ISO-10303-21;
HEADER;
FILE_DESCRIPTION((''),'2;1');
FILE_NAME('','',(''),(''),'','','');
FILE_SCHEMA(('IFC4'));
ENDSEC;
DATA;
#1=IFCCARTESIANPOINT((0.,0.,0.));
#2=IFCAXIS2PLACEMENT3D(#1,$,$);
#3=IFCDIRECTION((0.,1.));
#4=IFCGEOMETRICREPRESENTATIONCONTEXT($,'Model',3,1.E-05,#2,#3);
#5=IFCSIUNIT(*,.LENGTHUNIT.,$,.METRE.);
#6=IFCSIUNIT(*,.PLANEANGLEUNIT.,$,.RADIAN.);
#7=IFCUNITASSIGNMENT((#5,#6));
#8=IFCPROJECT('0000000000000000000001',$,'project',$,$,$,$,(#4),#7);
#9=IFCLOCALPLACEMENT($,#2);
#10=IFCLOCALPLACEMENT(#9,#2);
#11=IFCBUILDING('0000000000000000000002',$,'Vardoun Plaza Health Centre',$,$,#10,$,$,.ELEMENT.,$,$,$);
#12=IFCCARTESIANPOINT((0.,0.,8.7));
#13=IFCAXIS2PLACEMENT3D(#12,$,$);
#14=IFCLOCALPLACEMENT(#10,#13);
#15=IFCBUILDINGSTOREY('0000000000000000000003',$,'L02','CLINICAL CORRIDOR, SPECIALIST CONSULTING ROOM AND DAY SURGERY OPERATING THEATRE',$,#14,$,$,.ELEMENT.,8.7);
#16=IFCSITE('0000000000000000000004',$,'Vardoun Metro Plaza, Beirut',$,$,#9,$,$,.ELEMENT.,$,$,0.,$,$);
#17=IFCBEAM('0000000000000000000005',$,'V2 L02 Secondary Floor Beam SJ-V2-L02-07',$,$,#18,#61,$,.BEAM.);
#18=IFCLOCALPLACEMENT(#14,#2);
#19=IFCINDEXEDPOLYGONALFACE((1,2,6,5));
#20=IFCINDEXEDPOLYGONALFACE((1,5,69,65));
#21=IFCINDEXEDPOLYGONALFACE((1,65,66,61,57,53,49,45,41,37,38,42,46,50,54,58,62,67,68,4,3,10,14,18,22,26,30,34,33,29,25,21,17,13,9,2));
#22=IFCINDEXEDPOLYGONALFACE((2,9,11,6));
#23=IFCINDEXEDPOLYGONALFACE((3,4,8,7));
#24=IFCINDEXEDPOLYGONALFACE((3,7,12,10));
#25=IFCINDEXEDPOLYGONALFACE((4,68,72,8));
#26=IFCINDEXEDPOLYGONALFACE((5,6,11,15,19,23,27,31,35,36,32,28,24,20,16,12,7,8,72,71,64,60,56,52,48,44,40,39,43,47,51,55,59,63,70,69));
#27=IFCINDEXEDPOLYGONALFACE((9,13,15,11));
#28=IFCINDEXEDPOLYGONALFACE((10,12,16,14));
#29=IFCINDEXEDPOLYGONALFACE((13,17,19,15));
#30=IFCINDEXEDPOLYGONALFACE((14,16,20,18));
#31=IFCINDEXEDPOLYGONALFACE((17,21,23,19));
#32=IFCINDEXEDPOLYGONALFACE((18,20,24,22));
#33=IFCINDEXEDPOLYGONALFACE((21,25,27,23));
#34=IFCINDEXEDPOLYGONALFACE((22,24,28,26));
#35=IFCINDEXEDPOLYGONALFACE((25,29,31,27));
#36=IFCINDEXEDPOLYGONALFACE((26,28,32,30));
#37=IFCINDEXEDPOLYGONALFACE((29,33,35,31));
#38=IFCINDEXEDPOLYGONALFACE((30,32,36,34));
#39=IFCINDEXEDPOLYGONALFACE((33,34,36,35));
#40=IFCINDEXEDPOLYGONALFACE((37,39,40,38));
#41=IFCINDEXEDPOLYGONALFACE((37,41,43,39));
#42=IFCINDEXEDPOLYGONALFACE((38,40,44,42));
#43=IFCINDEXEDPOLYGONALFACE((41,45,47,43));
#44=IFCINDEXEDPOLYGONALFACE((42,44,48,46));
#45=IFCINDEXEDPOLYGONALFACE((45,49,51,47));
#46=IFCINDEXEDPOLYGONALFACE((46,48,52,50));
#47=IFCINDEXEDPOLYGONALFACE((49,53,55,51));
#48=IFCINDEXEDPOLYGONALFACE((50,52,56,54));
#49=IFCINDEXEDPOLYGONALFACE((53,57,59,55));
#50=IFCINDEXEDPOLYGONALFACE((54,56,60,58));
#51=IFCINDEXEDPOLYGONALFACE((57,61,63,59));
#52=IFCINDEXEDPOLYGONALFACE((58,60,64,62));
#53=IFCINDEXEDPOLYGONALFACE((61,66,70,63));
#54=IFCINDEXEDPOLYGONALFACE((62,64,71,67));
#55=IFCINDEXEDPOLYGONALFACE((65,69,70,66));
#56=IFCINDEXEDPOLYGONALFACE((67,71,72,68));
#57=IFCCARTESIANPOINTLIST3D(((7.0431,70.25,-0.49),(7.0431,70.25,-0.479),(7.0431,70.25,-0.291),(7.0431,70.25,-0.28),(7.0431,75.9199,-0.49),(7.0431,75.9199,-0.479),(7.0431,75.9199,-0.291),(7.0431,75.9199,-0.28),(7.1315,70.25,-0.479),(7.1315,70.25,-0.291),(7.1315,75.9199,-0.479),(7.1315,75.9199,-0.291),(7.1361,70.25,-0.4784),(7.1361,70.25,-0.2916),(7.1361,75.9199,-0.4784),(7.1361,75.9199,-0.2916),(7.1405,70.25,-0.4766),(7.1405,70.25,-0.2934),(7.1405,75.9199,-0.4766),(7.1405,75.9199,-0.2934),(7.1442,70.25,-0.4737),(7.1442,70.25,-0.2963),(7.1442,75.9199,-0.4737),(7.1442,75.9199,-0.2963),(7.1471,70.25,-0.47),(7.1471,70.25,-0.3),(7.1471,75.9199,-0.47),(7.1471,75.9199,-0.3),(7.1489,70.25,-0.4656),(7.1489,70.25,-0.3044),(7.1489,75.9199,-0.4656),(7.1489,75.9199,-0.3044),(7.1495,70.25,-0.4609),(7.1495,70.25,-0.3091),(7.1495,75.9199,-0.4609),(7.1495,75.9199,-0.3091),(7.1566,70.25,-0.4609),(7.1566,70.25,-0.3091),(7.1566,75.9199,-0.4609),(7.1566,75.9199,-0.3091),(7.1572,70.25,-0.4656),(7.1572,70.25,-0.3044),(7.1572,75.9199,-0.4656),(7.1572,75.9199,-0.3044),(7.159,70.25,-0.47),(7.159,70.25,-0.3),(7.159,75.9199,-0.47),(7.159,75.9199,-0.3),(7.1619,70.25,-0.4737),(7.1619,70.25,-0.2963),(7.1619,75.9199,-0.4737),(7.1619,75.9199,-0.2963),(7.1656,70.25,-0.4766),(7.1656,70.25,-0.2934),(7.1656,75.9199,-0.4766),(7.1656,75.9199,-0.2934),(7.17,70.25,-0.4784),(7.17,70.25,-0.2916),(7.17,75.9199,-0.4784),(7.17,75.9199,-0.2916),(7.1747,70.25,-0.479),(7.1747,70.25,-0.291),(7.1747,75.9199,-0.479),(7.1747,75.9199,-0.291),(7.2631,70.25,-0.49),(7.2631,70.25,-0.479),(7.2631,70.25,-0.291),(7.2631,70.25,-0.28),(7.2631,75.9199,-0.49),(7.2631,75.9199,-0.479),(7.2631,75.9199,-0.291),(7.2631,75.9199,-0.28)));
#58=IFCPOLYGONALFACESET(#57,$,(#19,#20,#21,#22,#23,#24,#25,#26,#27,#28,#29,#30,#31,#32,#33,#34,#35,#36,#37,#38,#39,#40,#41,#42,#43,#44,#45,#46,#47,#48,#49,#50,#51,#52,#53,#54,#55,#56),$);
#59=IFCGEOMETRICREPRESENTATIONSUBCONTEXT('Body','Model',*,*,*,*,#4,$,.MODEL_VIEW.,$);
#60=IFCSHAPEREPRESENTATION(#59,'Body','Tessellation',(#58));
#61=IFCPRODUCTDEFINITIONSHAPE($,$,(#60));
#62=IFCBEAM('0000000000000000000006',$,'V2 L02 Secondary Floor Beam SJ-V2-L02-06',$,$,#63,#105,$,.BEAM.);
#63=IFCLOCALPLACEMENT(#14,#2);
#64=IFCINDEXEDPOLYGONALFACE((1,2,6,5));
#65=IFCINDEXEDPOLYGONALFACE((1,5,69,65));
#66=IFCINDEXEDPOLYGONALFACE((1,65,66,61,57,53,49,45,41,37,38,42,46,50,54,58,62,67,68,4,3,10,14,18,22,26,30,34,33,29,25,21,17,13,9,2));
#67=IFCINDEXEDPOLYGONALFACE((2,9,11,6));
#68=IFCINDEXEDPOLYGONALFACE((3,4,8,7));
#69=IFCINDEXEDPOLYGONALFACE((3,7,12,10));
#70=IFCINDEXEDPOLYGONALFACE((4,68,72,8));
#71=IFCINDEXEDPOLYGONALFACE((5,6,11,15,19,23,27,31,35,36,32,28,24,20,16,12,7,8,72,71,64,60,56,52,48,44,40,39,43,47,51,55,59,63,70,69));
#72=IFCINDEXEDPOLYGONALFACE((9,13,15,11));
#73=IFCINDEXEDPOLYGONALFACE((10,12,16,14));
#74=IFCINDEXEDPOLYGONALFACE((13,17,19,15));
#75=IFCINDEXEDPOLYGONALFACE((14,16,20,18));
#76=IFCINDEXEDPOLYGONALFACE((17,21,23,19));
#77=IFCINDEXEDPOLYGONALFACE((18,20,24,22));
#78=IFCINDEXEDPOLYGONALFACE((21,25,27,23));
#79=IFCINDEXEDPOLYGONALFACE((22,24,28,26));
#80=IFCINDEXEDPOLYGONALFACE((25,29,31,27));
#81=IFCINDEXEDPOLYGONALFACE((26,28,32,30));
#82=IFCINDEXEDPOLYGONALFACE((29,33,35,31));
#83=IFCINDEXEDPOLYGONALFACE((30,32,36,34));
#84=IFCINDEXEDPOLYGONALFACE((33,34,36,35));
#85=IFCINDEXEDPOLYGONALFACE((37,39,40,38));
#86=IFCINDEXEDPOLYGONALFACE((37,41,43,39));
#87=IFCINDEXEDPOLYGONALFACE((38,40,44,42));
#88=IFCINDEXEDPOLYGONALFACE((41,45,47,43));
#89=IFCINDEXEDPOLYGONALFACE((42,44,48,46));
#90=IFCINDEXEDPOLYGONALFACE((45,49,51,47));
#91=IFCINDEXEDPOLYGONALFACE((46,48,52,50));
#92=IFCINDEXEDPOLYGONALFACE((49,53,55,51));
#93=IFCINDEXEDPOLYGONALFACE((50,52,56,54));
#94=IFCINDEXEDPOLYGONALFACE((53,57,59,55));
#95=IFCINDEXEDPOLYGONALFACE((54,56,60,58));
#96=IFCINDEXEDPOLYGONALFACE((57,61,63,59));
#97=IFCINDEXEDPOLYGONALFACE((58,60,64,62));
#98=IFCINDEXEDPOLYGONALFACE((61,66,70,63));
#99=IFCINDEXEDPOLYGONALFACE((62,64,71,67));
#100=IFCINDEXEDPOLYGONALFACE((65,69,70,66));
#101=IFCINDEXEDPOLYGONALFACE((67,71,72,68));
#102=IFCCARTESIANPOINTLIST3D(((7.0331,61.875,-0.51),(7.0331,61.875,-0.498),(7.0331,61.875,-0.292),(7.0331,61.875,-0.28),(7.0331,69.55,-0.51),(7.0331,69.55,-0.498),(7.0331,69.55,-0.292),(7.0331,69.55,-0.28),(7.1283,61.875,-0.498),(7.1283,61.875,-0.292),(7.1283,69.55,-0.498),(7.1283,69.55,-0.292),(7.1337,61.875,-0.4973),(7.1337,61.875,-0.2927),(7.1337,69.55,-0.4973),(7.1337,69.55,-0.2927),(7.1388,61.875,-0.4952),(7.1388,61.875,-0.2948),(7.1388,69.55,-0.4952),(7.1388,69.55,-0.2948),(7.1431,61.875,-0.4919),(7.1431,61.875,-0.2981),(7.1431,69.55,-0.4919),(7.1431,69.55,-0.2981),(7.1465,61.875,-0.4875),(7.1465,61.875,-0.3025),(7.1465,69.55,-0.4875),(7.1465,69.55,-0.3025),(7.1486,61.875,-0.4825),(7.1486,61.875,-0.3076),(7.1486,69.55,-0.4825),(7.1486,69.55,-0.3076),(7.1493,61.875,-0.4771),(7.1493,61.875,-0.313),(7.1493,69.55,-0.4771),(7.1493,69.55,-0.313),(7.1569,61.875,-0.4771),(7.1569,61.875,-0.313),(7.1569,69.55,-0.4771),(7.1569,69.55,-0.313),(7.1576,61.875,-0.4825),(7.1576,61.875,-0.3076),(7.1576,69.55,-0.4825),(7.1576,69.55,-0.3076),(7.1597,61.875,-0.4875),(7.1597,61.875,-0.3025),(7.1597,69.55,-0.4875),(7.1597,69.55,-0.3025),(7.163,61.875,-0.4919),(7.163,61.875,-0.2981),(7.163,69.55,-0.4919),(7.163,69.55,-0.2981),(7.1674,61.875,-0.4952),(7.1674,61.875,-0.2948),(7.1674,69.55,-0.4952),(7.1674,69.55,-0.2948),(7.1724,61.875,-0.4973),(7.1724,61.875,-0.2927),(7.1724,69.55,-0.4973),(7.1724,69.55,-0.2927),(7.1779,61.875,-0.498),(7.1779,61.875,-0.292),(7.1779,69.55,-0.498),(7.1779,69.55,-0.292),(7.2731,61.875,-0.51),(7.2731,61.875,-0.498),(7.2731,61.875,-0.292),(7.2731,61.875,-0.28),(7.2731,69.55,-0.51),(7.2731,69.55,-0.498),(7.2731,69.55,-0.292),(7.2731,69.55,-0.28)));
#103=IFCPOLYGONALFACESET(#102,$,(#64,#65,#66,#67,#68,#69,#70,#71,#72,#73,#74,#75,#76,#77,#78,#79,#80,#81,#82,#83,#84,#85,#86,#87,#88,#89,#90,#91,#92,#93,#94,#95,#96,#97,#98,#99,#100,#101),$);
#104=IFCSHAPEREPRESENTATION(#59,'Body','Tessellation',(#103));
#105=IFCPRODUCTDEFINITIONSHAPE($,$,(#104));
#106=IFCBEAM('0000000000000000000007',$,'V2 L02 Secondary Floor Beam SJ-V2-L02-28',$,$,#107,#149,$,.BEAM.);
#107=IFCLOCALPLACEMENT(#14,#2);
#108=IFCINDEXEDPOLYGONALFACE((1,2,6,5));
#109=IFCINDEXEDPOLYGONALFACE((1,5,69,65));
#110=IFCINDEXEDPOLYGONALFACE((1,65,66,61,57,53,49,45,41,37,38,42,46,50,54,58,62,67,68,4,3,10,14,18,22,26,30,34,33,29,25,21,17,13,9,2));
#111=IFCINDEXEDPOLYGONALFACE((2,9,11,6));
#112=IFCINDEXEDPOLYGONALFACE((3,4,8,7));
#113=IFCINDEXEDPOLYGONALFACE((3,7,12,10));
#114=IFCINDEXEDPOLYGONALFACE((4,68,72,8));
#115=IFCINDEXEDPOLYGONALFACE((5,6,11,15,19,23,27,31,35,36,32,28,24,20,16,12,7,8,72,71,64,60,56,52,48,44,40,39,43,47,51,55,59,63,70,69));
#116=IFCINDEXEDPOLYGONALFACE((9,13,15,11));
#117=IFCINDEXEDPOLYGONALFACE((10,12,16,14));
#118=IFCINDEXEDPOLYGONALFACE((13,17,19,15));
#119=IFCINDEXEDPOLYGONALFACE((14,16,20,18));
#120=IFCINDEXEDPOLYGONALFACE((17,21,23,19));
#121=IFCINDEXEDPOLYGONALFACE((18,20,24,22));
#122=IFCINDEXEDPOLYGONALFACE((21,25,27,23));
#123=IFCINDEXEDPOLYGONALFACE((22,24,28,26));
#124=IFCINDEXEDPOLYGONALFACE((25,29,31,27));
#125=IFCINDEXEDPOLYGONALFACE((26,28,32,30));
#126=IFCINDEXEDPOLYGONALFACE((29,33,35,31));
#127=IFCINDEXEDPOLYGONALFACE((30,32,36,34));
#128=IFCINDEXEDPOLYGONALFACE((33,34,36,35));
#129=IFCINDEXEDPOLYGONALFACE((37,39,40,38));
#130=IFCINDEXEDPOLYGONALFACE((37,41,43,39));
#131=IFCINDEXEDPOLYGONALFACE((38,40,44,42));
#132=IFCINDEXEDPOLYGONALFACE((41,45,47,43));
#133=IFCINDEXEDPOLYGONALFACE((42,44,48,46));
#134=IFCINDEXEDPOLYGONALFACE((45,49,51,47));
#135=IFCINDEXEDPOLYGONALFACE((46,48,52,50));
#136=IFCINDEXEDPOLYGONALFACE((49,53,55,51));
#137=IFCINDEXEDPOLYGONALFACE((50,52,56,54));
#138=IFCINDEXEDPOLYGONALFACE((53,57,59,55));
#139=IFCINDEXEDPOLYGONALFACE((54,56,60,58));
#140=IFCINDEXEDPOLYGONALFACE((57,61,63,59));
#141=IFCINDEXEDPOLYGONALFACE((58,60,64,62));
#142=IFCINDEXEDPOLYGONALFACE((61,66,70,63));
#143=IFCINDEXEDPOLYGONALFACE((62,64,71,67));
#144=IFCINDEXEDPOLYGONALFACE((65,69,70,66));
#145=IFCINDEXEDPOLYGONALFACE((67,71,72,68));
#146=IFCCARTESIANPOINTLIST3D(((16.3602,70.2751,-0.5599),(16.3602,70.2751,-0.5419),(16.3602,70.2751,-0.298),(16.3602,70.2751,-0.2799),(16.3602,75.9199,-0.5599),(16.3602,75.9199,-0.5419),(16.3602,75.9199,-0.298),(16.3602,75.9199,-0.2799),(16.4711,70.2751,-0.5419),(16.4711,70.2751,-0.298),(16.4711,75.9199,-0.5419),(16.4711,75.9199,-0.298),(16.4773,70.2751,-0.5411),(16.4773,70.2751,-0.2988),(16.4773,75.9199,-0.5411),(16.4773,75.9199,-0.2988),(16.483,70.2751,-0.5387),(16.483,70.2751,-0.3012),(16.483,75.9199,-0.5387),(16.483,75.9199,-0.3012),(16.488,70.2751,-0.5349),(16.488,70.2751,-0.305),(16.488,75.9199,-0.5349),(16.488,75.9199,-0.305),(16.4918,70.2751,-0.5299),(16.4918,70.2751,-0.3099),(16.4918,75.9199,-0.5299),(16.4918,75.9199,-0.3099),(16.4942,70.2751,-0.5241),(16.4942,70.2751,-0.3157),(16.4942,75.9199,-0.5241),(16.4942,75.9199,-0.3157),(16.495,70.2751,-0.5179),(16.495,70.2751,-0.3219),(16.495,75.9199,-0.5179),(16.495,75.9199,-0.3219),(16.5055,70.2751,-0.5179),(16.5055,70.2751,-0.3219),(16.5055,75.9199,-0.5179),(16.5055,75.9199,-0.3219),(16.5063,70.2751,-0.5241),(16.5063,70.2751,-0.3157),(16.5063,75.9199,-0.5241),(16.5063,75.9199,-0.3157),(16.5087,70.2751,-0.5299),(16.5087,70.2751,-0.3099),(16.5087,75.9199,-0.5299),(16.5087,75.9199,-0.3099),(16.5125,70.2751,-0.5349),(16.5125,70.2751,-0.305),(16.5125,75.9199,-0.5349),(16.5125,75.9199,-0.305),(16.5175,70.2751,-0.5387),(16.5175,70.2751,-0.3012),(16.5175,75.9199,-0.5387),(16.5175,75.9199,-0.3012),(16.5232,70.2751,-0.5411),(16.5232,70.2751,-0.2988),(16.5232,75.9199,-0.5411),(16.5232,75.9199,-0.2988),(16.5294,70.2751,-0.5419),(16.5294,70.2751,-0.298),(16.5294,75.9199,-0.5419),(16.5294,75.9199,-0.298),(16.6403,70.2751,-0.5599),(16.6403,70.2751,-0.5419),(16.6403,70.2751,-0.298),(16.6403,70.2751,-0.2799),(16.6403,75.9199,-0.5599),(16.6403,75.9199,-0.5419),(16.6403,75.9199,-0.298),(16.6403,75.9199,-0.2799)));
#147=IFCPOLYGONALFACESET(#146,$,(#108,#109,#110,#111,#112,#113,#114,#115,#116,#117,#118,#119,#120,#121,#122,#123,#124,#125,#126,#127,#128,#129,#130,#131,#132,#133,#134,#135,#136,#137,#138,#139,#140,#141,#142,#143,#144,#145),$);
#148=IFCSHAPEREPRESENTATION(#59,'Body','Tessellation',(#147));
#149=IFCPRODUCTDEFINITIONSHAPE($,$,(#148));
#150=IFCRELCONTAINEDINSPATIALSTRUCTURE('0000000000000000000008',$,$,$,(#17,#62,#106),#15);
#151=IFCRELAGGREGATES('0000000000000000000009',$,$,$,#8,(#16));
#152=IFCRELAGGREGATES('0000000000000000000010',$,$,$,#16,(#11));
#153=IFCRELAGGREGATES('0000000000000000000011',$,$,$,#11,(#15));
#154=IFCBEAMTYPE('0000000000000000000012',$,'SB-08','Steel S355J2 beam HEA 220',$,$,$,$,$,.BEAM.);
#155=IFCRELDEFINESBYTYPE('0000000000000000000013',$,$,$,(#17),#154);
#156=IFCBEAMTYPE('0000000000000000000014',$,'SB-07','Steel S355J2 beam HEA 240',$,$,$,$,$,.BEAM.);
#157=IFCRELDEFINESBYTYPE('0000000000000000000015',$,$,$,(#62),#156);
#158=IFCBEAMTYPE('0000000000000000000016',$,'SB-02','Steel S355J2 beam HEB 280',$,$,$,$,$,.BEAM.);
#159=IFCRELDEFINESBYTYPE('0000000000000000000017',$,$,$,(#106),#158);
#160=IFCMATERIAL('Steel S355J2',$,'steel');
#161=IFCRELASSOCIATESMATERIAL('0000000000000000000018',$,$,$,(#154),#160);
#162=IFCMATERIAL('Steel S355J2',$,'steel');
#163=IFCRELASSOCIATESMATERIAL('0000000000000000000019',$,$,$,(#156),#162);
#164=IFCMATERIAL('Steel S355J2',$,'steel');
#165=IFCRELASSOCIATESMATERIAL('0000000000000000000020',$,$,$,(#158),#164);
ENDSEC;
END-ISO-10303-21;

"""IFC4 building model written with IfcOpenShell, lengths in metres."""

from ifc_helpers import new_model, si_unit, direction, frame, origin, origin_2d, place, context, subcontext, project, spatial, i_section, extrude, material, material_profile, profile_set, type_object, element, save


model = new_model("IFC4")

# Units and contexts
model_context = context("Model", 3, precision=1e-05, world=origin(), true_north=direction((0.0, 1.0)))
body_context = subcontext(model_context, "Body", "Model", "MODEL_VIEW")
ifc_project = project(units=[si_unit("LENGTHUNIT", "METRE"), si_unit("PLANEANGLEUNIT", "RADIAN")], contexts=[model_context])

# Site, building, storey
site_placement = place(None, origin())
site = spatial("IfcSite", under=ifc_project, at=site_placement, Name="Vardoun Metro Plaza, Beirut", CompositionType="ELEMENT", RefElevation=0.0)
building_placement = place(site_placement, origin())
building = spatial("IfcBuilding", under=site, at=building_placement, Name="Vardoun Plaza Health Centre", CompositionType="ELEMENT")
storey_placement = place(building_placement, frame((0.0, 0.0, 8.7)))
storey = spatial("IfcBuildingStorey", under=building, at=storey_placement, Name="L02", Description="CLINICAL CORRIDOR, SPECIALIST CONSULTING ROOM AND DAY SURGERY OPERATING THEATRE", CompositionType="ELEMENT", Elevation=8.7)

# Beams
ifc_material_1 = material(Name="Steel S355J2", Category="steel")
ifc_material_profile_1 = material_profile(ifc_material_1, i_section(OverallWidth=0.22, OverallDepth=0.21, WebThickness=0.0071, FlangeThickness=0.011, FilletRadius=0.0181, at=origin_2d()), Name="HEA 220")
ifc_profile_set_1 = profile_set([ifc_material_profile_1], Name="Steel S355J2")
beam_type_1 = type_object("IfcBeamType", Name="SB-08", Description="Steel S355J2 beam HEA 220", PredefinedType="BEAM", material=ifc_profile_set_1)
beam_1_placement = place(storey_placement, frame((7.1531, 70.25, -0.385), z_axis=(0.0, 1.0, 0.0), x_axis=(-1.0, 0.0, 0.0)))
element("IfcBeam", 1, at=beam_1_placement, inside=storey, type_object=beam_type_1, Name="V2 L02 Secondary Floor Beam SJ-V2-L02-07", PredefinedType="BEAM", context=body_context, shape_type="SweptSolid", body=[
    extrude(i_section(OverallWidth=0.22, OverallDepth=0.21, WebThickness=0.0071, FlangeThickness=0.011, FilletRadius=0.0181, at=origin_2d()), origin(), (0.0, 0.0, 1.0), 5.6699),
])
ifc_material_2 = material(Name="Steel S355J2", Category="steel")
ifc_material_profile_2 = material_profile(ifc_material_2, i_section(OverallWidth=0.24, OverallDepth=0.23, WebThickness=0.0076, FlangeThickness=0.012, FilletRadius=0.021, at=origin_2d()), Name="HEA 240")
ifc_profile_set_2 = profile_set([ifc_material_profile_2], Name="Steel S355J2")
beam_type_2 = type_object("IfcBeamType", Name="SB-07", Description="Steel S355J2 beam HEA 240", PredefinedType="BEAM", material=ifc_profile_set_2)
beam_2_placement = place(storey_placement, frame((7.1531, 61.875, -0.395), z_axis=(0.0, 1.0, 0.0), x_axis=(-1.0, 0.0, 0.0)))
element("IfcBeam", 2, at=beam_2_placement, inside=storey, type_object=beam_type_2, Name="V2 L02 Secondary Floor Beam SJ-V2-L02-06", PredefinedType="BEAM", context=body_context, shape_type="SweptSolid", body=[
    extrude(i_section(OverallWidth=0.24, OverallDepth=0.23, WebThickness=0.0076, FlangeThickness=0.012, FilletRadius=0.021, at=origin_2d()), origin(), (0.0, 0.0, 1.0), 7.675),
])
ifc_material_3 = material(Name="Steel S355J2", Category="steel")
ifc_material_profile_3 = material_profile(ifc_material_3, i_section(OverallWidth=0.28, OverallDepth=0.28, WebThickness=0.0105, FlangeThickness=0.0181, FilletRadius=0.0239, at=origin_2d()), Name="HEB 280")
ifc_profile_set_3 = profile_set([ifc_material_profile_3], Name="Steel S355J2")
beam_type_3 = type_object("IfcBeamType", Name="SB-02", Description="Steel S355J2 beam HEB 280", PredefinedType="BEAM", material=ifc_profile_set_3)
beam_3_placement = place(storey_placement, frame((16.5002, 70.2751, -0.4199), z_axis=(0.0, 1.0, 0.0), x_axis=(-1.0, 0.0, 0.0)))
element("IfcBeam", 3, at=beam_3_placement, inside=storey, type_object=beam_type_3, Name="V2 L02 Secondary Floor Beam SJ-V2-L02-28", PredefinedType="BEAM", context=body_context, shape_type="SweptSolid", body=[
    extrude(i_section(OverallWidth=0.28, OverallDepth=0.28, WebThickness=0.0105, FlangeThickness=0.0181, FilletRadius=0.0239, at=origin_2d()), origin(), (0.0, 0.0, 1.0), 5.6448),
])

save(model, "model.ifc")
